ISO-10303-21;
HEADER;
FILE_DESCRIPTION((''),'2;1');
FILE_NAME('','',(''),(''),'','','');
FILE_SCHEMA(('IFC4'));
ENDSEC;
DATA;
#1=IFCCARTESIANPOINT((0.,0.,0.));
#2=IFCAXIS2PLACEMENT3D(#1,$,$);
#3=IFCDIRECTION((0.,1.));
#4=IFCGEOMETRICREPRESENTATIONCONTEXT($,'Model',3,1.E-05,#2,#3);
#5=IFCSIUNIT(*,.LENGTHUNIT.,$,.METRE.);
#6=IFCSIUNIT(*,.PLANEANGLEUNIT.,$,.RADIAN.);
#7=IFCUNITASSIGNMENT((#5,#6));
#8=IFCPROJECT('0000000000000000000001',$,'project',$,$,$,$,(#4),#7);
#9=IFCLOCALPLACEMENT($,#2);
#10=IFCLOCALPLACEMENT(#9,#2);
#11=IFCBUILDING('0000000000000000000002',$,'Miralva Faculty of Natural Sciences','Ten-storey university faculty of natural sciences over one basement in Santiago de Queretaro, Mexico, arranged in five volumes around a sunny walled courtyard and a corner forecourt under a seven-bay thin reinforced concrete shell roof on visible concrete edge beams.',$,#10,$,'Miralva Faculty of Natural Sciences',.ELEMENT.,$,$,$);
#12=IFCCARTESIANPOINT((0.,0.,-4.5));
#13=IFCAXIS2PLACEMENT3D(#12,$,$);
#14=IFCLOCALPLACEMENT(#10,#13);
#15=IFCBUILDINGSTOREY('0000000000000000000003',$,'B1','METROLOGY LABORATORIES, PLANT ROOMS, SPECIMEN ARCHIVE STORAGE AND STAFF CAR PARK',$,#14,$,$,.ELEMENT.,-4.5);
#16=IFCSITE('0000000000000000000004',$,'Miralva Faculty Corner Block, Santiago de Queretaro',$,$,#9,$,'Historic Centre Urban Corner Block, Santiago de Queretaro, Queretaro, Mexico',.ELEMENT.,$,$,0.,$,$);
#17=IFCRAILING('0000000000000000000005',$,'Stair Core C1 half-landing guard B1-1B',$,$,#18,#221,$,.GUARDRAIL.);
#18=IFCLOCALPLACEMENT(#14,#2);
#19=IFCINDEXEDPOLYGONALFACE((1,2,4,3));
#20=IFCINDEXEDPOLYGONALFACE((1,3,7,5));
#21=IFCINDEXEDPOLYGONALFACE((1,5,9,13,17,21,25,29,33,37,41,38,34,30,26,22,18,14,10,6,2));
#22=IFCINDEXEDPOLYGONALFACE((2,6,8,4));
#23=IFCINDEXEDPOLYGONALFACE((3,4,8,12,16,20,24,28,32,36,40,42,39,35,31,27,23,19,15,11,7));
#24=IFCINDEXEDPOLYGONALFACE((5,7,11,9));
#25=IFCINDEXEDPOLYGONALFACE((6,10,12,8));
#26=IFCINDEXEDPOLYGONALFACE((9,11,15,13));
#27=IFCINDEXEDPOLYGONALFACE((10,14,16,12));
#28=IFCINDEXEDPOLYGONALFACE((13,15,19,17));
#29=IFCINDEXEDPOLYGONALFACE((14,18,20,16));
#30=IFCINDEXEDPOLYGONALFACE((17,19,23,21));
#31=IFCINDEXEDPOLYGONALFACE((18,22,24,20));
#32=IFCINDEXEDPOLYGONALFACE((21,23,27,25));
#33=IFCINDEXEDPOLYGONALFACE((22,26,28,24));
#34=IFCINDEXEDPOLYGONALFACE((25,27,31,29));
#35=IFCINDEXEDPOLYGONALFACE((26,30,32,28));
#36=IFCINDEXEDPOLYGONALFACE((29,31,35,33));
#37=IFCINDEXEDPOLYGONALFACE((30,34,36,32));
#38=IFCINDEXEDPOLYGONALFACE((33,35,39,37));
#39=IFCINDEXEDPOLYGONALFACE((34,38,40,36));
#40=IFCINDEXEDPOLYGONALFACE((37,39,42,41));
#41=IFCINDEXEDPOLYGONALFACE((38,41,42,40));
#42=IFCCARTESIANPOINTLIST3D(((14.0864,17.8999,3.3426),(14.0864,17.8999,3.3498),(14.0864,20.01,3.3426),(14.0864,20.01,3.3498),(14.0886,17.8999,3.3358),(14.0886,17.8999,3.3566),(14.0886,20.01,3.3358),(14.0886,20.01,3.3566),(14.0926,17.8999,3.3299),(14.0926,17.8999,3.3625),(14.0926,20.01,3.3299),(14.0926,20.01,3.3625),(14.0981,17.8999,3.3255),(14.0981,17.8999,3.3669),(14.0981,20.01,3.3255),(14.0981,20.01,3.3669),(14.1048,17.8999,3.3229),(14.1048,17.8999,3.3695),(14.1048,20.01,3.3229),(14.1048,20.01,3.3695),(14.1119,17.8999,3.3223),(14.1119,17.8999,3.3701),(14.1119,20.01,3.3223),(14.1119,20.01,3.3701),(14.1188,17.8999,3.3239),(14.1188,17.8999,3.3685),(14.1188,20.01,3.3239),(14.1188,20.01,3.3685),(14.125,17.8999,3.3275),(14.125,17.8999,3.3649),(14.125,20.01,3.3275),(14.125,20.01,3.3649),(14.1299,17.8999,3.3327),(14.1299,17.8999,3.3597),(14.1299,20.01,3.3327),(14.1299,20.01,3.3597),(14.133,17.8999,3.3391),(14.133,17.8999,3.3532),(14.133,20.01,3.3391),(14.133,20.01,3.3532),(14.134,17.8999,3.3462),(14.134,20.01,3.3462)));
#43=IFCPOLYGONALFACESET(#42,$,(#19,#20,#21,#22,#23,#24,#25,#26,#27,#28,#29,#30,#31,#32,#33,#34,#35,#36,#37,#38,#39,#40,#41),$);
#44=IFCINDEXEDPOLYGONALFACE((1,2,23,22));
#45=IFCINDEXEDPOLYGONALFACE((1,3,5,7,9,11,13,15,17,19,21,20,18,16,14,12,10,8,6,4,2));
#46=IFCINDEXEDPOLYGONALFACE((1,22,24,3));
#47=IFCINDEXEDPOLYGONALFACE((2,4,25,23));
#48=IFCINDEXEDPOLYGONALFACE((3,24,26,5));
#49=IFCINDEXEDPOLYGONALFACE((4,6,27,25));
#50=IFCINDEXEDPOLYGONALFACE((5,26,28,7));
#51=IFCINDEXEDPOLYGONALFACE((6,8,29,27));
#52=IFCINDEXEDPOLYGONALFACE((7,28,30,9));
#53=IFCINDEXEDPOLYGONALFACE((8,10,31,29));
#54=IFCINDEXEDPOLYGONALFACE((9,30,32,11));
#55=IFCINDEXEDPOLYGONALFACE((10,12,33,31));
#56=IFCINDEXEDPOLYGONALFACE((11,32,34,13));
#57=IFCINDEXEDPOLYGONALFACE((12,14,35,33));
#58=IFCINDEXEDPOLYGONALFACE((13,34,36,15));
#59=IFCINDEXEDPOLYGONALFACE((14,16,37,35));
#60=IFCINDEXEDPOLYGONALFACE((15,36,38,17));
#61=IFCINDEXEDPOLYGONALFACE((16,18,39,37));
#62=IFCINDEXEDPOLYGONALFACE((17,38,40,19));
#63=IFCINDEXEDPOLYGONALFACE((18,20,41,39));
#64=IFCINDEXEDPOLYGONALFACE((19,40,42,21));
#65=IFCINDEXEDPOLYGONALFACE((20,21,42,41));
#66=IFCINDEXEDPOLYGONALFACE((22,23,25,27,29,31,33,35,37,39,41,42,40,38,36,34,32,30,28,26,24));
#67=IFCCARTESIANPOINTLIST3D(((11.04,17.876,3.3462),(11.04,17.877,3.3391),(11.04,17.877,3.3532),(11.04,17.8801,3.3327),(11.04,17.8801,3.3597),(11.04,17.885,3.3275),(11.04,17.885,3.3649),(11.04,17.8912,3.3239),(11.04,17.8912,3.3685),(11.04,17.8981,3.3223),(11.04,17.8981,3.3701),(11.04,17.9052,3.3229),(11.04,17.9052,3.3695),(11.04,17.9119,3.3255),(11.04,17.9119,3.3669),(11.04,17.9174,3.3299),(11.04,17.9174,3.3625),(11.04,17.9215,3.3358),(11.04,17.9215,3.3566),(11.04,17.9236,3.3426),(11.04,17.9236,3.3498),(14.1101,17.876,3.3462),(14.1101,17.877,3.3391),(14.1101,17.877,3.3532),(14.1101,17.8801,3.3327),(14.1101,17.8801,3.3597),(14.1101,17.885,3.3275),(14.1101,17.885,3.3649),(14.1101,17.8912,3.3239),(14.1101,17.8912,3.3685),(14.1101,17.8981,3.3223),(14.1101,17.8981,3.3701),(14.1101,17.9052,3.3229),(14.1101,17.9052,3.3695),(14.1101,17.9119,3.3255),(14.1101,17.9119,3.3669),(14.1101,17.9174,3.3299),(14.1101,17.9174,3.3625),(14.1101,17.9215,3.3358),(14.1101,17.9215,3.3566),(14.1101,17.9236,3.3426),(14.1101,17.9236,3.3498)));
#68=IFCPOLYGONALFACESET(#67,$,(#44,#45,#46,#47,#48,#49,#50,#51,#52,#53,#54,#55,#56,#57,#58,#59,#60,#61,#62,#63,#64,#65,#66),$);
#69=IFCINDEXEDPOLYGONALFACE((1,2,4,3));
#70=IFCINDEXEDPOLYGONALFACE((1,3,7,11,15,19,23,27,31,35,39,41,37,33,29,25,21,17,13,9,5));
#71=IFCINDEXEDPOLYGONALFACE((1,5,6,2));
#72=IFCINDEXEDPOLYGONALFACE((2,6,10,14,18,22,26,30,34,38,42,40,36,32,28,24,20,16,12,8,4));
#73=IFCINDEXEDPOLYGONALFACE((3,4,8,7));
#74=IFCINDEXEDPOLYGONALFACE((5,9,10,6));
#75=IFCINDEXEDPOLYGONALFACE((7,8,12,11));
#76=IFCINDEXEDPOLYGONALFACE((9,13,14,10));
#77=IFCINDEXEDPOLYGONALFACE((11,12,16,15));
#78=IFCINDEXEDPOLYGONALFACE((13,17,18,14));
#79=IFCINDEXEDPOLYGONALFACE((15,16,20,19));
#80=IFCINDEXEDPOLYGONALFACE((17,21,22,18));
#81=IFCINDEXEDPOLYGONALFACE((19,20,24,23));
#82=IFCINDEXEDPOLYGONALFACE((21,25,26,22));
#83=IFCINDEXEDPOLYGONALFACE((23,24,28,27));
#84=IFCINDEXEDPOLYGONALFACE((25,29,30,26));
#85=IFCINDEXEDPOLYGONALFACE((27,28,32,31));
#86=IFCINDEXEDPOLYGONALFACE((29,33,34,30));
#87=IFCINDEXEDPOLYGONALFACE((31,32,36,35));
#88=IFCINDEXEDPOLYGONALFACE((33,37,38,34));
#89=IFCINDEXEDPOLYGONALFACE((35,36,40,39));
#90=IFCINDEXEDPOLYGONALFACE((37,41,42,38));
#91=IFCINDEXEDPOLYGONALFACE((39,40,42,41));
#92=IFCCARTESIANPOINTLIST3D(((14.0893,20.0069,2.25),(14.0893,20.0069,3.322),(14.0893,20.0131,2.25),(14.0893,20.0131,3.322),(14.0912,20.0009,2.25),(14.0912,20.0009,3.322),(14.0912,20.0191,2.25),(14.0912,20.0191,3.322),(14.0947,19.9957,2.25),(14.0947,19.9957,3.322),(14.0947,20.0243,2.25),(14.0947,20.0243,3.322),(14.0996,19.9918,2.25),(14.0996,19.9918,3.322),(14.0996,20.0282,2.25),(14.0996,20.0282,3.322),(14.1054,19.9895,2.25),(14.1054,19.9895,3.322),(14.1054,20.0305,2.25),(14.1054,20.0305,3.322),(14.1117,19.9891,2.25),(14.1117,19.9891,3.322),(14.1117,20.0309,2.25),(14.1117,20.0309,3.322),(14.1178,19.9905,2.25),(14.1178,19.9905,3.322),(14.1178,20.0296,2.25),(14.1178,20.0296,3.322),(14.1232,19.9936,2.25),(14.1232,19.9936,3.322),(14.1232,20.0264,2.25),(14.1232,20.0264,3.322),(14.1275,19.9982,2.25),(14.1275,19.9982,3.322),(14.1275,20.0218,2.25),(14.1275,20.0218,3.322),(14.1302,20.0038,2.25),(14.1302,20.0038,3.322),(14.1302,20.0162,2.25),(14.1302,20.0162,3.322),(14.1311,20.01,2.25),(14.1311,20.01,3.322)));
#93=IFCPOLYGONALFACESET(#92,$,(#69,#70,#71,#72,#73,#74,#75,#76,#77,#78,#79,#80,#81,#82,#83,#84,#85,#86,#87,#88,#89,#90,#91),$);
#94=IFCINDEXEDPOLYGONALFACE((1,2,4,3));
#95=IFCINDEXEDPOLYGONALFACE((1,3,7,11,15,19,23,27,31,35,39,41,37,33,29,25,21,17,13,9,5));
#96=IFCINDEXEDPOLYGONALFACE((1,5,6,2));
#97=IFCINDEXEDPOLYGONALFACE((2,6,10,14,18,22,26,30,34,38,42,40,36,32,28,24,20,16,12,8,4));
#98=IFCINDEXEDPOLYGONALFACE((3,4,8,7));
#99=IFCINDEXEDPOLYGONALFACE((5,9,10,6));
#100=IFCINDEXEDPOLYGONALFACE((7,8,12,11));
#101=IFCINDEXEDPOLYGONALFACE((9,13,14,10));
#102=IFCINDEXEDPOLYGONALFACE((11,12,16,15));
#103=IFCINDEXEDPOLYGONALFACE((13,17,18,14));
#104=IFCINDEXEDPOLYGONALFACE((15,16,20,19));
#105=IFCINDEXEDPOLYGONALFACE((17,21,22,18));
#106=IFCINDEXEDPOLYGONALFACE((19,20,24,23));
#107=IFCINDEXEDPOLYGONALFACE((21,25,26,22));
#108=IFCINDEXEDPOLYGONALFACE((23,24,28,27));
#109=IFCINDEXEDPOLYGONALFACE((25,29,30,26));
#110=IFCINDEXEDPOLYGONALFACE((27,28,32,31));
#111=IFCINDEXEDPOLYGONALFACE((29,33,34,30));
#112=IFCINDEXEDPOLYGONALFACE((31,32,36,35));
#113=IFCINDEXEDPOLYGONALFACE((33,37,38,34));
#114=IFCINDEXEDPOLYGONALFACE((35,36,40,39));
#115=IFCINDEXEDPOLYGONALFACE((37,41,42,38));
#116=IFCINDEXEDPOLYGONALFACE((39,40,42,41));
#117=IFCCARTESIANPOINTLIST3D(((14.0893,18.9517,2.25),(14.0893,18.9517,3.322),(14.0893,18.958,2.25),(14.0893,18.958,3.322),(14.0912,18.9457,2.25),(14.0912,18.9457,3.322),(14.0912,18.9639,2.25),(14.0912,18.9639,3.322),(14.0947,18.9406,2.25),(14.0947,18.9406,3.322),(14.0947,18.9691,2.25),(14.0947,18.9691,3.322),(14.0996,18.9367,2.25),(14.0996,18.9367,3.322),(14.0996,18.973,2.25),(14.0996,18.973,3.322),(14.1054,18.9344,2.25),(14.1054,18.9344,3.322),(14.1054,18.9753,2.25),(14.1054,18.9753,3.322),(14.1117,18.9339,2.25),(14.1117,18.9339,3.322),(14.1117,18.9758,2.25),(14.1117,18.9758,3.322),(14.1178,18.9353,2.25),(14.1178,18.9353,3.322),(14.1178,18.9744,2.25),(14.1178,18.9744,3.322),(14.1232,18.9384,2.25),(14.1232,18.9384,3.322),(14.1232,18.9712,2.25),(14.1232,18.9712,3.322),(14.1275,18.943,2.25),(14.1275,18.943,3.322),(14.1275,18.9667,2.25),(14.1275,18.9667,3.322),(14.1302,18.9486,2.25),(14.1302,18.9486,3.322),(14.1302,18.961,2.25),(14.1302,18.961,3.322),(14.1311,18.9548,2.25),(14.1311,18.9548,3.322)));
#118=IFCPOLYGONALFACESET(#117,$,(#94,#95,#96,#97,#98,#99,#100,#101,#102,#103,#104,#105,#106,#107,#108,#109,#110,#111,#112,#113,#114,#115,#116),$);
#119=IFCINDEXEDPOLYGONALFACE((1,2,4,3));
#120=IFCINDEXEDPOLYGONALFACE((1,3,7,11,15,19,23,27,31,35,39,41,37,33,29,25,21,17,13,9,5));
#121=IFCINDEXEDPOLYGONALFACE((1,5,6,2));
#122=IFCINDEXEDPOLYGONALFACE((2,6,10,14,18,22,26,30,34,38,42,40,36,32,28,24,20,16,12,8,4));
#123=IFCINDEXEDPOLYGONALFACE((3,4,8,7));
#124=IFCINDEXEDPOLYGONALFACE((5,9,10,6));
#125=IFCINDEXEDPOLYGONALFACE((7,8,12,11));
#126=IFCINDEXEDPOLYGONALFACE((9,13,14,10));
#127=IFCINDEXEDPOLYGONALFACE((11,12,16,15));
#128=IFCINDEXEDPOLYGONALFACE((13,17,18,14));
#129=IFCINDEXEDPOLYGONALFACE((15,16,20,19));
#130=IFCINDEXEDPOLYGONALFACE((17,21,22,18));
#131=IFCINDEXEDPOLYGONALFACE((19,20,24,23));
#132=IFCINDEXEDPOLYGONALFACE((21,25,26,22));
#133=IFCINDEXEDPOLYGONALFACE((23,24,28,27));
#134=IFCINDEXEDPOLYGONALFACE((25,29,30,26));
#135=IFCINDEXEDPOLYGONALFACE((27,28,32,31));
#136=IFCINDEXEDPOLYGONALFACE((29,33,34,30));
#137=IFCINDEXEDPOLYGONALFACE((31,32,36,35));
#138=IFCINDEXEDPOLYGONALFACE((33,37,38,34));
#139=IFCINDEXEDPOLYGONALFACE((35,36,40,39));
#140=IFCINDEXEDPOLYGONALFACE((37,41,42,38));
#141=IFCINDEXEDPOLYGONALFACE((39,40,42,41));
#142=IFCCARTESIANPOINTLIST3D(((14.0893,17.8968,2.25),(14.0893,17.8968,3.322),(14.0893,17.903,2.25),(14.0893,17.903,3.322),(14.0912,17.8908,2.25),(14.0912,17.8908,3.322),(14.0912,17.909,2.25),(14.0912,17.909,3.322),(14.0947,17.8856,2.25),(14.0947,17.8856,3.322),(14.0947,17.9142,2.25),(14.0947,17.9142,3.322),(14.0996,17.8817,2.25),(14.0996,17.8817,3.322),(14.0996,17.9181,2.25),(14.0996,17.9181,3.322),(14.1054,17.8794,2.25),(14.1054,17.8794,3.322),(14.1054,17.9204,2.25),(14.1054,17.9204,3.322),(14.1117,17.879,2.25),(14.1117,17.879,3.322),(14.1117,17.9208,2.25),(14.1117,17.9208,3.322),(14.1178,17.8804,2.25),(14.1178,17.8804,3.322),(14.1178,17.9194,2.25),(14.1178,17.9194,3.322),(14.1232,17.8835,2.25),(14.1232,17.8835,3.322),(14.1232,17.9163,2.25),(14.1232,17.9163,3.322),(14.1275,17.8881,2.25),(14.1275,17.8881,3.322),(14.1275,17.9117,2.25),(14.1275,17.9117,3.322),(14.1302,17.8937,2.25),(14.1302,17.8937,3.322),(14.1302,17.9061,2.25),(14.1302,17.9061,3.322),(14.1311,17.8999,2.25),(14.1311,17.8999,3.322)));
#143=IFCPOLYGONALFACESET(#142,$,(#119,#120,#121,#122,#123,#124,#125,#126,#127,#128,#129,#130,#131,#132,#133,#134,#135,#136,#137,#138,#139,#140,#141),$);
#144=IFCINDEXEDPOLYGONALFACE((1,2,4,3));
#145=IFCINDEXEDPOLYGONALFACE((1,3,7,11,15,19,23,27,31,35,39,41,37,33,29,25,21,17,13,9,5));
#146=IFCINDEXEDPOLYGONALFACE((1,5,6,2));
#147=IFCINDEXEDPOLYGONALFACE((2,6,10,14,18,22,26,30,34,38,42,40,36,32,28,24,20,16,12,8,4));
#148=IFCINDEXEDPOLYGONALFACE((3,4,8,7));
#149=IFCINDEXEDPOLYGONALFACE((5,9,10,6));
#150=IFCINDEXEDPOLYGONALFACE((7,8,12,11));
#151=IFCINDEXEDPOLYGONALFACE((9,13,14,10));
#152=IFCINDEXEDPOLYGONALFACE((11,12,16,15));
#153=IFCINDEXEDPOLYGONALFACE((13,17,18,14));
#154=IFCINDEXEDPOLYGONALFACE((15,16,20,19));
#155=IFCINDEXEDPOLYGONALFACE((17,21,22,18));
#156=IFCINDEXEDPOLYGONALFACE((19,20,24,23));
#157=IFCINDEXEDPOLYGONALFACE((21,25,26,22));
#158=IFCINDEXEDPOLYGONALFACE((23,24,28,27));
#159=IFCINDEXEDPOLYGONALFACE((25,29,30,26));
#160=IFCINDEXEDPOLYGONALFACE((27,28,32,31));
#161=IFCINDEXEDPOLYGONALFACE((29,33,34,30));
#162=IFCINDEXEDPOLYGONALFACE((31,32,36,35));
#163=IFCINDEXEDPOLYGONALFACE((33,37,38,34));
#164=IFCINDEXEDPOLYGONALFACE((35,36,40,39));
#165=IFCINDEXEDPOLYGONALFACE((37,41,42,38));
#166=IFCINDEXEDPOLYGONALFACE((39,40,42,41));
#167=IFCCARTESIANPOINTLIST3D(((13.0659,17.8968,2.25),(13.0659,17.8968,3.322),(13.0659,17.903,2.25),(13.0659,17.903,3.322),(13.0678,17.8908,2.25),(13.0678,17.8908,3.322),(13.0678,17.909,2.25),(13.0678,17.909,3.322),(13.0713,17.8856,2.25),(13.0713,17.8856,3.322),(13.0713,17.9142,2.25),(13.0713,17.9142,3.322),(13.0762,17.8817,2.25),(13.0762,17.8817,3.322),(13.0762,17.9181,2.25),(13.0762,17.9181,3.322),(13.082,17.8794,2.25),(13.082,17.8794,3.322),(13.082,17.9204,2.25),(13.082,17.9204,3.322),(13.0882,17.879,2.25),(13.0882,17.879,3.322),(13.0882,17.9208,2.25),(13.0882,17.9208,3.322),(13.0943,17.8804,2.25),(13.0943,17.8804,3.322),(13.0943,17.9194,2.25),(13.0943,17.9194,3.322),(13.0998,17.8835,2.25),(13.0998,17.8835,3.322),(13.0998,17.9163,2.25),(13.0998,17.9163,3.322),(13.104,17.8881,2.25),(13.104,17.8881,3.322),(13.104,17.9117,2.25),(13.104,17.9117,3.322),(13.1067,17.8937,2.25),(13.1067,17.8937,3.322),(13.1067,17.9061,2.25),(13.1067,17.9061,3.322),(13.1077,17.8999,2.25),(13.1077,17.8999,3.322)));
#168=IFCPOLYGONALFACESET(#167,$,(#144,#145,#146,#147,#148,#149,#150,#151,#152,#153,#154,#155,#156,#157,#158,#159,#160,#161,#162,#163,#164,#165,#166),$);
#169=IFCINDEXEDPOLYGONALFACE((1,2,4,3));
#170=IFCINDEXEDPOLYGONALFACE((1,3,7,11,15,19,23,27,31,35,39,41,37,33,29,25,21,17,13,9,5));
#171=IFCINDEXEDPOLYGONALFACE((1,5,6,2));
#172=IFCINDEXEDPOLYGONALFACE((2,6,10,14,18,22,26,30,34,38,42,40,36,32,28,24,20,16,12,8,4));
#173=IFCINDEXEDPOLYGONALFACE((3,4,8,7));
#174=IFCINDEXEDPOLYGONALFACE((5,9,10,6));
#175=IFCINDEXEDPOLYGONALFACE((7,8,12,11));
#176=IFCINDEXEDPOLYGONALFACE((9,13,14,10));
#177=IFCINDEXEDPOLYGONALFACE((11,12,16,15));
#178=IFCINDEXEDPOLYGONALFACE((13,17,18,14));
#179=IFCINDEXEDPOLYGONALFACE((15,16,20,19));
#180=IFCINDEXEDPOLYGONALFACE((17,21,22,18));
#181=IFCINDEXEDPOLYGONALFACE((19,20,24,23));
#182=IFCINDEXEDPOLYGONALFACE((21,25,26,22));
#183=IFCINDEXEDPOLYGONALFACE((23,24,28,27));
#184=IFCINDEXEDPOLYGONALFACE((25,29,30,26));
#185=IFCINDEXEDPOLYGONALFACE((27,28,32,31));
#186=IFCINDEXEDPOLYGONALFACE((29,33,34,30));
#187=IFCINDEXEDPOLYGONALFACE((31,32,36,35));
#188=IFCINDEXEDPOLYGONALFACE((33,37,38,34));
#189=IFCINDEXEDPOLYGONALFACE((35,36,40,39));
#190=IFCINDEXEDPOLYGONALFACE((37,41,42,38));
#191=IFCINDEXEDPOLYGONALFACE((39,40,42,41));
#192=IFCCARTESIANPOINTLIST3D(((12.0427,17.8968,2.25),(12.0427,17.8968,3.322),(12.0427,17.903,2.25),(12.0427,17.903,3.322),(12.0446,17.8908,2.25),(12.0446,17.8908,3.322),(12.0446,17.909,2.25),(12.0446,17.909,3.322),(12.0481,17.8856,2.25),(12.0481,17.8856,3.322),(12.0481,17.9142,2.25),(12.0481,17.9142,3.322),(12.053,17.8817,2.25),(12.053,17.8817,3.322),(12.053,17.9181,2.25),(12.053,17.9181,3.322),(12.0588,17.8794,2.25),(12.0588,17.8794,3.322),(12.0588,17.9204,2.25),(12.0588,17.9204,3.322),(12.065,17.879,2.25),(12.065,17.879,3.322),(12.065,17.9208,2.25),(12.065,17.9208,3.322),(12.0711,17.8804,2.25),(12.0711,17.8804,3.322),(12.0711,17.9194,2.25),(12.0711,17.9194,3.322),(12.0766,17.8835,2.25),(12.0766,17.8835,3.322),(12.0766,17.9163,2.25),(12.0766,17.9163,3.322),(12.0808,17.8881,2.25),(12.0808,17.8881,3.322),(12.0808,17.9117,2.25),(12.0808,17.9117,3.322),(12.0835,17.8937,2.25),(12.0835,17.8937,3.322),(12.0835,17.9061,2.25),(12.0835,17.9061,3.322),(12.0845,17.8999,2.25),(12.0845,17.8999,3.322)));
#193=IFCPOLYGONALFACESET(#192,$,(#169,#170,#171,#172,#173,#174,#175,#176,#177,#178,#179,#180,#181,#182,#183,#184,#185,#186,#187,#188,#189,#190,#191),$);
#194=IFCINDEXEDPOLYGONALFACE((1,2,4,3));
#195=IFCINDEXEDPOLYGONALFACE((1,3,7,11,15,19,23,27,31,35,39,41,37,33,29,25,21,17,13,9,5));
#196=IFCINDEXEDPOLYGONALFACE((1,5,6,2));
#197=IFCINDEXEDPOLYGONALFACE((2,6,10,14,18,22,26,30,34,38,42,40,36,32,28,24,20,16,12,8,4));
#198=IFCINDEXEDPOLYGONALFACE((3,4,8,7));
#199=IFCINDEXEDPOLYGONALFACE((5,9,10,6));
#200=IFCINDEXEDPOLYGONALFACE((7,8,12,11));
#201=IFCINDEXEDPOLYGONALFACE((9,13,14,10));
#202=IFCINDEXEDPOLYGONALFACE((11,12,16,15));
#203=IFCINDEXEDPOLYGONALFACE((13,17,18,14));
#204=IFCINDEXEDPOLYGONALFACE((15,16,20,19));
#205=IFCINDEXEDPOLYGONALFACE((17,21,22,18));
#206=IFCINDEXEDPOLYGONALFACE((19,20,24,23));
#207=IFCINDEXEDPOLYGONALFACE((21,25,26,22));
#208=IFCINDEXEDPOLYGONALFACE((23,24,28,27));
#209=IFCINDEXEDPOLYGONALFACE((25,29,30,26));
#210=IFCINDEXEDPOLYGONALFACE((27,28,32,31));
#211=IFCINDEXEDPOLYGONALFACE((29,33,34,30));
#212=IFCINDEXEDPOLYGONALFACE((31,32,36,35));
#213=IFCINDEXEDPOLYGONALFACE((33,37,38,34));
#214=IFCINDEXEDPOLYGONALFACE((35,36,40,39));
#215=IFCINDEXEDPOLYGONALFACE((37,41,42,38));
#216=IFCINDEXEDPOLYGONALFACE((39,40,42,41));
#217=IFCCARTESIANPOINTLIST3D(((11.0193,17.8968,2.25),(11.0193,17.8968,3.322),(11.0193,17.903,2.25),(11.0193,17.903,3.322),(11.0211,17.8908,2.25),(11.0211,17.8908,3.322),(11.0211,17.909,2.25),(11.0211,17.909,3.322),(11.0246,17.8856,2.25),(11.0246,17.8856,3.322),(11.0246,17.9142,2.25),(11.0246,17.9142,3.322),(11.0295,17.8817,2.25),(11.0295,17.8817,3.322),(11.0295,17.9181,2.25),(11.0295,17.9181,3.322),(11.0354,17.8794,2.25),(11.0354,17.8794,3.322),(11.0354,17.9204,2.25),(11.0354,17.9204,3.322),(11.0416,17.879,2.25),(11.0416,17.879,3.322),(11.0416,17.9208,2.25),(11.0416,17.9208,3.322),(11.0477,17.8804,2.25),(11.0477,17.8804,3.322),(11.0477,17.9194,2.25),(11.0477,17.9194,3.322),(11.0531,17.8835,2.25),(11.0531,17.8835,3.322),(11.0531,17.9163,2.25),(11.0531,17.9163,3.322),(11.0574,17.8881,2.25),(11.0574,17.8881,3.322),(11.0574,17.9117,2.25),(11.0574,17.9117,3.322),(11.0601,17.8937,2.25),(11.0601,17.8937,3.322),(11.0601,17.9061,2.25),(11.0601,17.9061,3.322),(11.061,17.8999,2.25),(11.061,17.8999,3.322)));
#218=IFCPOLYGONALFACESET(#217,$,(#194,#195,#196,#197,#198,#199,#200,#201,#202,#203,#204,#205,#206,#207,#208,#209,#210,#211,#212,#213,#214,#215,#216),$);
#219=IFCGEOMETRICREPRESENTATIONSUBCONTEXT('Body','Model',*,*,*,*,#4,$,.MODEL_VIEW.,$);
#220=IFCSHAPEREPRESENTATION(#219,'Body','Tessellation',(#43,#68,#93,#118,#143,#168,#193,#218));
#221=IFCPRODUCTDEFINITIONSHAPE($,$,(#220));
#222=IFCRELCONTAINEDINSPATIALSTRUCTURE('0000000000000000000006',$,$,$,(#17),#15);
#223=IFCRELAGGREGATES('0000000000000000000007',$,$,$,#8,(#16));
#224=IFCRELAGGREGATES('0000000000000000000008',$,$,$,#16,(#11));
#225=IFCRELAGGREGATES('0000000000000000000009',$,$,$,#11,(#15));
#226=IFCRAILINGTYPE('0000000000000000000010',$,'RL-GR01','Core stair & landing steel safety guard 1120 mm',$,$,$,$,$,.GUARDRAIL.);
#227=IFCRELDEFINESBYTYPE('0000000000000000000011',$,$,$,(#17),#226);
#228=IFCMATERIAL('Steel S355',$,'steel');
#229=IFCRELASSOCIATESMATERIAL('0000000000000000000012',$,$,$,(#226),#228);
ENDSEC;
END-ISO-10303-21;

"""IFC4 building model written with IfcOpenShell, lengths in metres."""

from ifc_helpers import new_model, si_unit, direction, frame, origin, origin_2d, place, context, subcontext, project, spatial, circle, extrude, material, type_object, element, save


model = new_model("IFC4")

# Units and contexts
model_context = context("Model", 3, precision=1e-05, world=origin(), true_north=direction((0.0, 1.0)))
body_context = subcontext(model_context, "Body", "Model", "MODEL_VIEW")
ifc_project = project(units=[si_unit("LENGTHUNIT", "METRE"), si_unit("PLANEANGLEUNIT", "RADIAN")], contexts=[model_context])

# Site, building, storey
site_placement = place(None, origin())
site = spatial("IfcSite", under=ifc_project, at=site_placement, Name="Miralva Faculty Corner Block, Santiago de Queretaro", LongName="Historic Centre Urban Corner Block, Santiago de Queretaro, Queretaro, Mexico", CompositionType="ELEMENT", RefElevation=0.0)
building_placement = place(site_placement, origin())
building = spatial("IfcBuilding", under=site, at=building_placement, Name="Miralva Faculty of Natural Sciences", Description="Ten-storey university faculty of natural sciences over one basement in Santiago de Queretaro, Mexico, arranged in five volumes around a sunny walled courtyard and a corner forecourt under a seven-bay thin reinforced concrete shell roof on visible concrete edge beams.", LongName="Miralva Faculty of Natural Sciences", CompositionType="ELEMENT")
storey_placement = place(building_placement, frame((0.0, 0.0, -4.5)))
storey = spatial("IfcBuildingStorey", under=building, at=storey_placement, Name="B1", Description="METROLOGY LABORATORIES, PLANT ROOMS, SPECIMEN ARCHIVE STORAGE AND STAFF CAR PARK", CompositionType="ELEMENT", Elevation=-4.5)

# Railing
ifc_material_1 = material(Name="Steel S355", Category="steel")
railing_type = type_object("IfcRailingType", Name="RL-GR01", Description="Core stair & landing steel safety guard 1120 mm", PredefinedType="GUARDRAIL", material=ifc_material_1)
railing_1_placement = place(storey_placement, frame((14.1101, 20.01, 2.25)))
element("IfcRailing", 1, at=railing_1_placement, inside=storey, type_object=railing_type, Name="Stair Core C1 half-landing guard B1-1B", PredefinedType="GUARDRAIL", context=body_context, shape_type="SweptSolid", body=[
    extrude(circle(Radius=0.0239, at=origin_2d()), frame((0.0, 0.0, 1.0962), z_axis=(0.0, -1.0, 0.0), x_axis=(1.0, 0.0, 0.0)), (0.0, 0.0, 1.0), 2.1101),
    extrude(circle(Radius=0.0239, at=origin_2d()), frame((0.0, -2.1101, 1.0962), z_axis=(-1.0, 0.0, 0.0), x_axis=(0.0, -1.0, 0.0)), (0.0, 0.0, 1.0), 3.0701),
    extrude(circle(Radius=0.021, at=origin_2d()), origin(), (0.0, 0.0, 1.0), 1.072),
    extrude(circle(Radius=0.021, at=origin_2d()), frame((0.0, -1.0552, 0.0)), (0.0, 0.0, 1.0), 1.072),
    extrude(circle(Radius=0.021, at=origin_2d()), frame((0.0, -2.1101, 0.0)), (0.0, 0.0, 1.0), 1.072),
    extrude(circle(Radius=0.021, at=origin_2d()), frame((-1.0234, -2.1101, 0.0)), (0.0, 0.0, 1.0), 1.072),
    extrude(circle(Radius=0.021, at=origin_2d()), frame((-2.0466, -2.1101, 0.0)), (0.0, 0.0, 1.0), 1.072),
    extrude(circle(Radius=0.021, at=origin_2d()), frame((-3.0701, -2.1101, 0.0)), (0.0, 0.0, 1.0), 1.072),
])

save(model, "model.ifc")
